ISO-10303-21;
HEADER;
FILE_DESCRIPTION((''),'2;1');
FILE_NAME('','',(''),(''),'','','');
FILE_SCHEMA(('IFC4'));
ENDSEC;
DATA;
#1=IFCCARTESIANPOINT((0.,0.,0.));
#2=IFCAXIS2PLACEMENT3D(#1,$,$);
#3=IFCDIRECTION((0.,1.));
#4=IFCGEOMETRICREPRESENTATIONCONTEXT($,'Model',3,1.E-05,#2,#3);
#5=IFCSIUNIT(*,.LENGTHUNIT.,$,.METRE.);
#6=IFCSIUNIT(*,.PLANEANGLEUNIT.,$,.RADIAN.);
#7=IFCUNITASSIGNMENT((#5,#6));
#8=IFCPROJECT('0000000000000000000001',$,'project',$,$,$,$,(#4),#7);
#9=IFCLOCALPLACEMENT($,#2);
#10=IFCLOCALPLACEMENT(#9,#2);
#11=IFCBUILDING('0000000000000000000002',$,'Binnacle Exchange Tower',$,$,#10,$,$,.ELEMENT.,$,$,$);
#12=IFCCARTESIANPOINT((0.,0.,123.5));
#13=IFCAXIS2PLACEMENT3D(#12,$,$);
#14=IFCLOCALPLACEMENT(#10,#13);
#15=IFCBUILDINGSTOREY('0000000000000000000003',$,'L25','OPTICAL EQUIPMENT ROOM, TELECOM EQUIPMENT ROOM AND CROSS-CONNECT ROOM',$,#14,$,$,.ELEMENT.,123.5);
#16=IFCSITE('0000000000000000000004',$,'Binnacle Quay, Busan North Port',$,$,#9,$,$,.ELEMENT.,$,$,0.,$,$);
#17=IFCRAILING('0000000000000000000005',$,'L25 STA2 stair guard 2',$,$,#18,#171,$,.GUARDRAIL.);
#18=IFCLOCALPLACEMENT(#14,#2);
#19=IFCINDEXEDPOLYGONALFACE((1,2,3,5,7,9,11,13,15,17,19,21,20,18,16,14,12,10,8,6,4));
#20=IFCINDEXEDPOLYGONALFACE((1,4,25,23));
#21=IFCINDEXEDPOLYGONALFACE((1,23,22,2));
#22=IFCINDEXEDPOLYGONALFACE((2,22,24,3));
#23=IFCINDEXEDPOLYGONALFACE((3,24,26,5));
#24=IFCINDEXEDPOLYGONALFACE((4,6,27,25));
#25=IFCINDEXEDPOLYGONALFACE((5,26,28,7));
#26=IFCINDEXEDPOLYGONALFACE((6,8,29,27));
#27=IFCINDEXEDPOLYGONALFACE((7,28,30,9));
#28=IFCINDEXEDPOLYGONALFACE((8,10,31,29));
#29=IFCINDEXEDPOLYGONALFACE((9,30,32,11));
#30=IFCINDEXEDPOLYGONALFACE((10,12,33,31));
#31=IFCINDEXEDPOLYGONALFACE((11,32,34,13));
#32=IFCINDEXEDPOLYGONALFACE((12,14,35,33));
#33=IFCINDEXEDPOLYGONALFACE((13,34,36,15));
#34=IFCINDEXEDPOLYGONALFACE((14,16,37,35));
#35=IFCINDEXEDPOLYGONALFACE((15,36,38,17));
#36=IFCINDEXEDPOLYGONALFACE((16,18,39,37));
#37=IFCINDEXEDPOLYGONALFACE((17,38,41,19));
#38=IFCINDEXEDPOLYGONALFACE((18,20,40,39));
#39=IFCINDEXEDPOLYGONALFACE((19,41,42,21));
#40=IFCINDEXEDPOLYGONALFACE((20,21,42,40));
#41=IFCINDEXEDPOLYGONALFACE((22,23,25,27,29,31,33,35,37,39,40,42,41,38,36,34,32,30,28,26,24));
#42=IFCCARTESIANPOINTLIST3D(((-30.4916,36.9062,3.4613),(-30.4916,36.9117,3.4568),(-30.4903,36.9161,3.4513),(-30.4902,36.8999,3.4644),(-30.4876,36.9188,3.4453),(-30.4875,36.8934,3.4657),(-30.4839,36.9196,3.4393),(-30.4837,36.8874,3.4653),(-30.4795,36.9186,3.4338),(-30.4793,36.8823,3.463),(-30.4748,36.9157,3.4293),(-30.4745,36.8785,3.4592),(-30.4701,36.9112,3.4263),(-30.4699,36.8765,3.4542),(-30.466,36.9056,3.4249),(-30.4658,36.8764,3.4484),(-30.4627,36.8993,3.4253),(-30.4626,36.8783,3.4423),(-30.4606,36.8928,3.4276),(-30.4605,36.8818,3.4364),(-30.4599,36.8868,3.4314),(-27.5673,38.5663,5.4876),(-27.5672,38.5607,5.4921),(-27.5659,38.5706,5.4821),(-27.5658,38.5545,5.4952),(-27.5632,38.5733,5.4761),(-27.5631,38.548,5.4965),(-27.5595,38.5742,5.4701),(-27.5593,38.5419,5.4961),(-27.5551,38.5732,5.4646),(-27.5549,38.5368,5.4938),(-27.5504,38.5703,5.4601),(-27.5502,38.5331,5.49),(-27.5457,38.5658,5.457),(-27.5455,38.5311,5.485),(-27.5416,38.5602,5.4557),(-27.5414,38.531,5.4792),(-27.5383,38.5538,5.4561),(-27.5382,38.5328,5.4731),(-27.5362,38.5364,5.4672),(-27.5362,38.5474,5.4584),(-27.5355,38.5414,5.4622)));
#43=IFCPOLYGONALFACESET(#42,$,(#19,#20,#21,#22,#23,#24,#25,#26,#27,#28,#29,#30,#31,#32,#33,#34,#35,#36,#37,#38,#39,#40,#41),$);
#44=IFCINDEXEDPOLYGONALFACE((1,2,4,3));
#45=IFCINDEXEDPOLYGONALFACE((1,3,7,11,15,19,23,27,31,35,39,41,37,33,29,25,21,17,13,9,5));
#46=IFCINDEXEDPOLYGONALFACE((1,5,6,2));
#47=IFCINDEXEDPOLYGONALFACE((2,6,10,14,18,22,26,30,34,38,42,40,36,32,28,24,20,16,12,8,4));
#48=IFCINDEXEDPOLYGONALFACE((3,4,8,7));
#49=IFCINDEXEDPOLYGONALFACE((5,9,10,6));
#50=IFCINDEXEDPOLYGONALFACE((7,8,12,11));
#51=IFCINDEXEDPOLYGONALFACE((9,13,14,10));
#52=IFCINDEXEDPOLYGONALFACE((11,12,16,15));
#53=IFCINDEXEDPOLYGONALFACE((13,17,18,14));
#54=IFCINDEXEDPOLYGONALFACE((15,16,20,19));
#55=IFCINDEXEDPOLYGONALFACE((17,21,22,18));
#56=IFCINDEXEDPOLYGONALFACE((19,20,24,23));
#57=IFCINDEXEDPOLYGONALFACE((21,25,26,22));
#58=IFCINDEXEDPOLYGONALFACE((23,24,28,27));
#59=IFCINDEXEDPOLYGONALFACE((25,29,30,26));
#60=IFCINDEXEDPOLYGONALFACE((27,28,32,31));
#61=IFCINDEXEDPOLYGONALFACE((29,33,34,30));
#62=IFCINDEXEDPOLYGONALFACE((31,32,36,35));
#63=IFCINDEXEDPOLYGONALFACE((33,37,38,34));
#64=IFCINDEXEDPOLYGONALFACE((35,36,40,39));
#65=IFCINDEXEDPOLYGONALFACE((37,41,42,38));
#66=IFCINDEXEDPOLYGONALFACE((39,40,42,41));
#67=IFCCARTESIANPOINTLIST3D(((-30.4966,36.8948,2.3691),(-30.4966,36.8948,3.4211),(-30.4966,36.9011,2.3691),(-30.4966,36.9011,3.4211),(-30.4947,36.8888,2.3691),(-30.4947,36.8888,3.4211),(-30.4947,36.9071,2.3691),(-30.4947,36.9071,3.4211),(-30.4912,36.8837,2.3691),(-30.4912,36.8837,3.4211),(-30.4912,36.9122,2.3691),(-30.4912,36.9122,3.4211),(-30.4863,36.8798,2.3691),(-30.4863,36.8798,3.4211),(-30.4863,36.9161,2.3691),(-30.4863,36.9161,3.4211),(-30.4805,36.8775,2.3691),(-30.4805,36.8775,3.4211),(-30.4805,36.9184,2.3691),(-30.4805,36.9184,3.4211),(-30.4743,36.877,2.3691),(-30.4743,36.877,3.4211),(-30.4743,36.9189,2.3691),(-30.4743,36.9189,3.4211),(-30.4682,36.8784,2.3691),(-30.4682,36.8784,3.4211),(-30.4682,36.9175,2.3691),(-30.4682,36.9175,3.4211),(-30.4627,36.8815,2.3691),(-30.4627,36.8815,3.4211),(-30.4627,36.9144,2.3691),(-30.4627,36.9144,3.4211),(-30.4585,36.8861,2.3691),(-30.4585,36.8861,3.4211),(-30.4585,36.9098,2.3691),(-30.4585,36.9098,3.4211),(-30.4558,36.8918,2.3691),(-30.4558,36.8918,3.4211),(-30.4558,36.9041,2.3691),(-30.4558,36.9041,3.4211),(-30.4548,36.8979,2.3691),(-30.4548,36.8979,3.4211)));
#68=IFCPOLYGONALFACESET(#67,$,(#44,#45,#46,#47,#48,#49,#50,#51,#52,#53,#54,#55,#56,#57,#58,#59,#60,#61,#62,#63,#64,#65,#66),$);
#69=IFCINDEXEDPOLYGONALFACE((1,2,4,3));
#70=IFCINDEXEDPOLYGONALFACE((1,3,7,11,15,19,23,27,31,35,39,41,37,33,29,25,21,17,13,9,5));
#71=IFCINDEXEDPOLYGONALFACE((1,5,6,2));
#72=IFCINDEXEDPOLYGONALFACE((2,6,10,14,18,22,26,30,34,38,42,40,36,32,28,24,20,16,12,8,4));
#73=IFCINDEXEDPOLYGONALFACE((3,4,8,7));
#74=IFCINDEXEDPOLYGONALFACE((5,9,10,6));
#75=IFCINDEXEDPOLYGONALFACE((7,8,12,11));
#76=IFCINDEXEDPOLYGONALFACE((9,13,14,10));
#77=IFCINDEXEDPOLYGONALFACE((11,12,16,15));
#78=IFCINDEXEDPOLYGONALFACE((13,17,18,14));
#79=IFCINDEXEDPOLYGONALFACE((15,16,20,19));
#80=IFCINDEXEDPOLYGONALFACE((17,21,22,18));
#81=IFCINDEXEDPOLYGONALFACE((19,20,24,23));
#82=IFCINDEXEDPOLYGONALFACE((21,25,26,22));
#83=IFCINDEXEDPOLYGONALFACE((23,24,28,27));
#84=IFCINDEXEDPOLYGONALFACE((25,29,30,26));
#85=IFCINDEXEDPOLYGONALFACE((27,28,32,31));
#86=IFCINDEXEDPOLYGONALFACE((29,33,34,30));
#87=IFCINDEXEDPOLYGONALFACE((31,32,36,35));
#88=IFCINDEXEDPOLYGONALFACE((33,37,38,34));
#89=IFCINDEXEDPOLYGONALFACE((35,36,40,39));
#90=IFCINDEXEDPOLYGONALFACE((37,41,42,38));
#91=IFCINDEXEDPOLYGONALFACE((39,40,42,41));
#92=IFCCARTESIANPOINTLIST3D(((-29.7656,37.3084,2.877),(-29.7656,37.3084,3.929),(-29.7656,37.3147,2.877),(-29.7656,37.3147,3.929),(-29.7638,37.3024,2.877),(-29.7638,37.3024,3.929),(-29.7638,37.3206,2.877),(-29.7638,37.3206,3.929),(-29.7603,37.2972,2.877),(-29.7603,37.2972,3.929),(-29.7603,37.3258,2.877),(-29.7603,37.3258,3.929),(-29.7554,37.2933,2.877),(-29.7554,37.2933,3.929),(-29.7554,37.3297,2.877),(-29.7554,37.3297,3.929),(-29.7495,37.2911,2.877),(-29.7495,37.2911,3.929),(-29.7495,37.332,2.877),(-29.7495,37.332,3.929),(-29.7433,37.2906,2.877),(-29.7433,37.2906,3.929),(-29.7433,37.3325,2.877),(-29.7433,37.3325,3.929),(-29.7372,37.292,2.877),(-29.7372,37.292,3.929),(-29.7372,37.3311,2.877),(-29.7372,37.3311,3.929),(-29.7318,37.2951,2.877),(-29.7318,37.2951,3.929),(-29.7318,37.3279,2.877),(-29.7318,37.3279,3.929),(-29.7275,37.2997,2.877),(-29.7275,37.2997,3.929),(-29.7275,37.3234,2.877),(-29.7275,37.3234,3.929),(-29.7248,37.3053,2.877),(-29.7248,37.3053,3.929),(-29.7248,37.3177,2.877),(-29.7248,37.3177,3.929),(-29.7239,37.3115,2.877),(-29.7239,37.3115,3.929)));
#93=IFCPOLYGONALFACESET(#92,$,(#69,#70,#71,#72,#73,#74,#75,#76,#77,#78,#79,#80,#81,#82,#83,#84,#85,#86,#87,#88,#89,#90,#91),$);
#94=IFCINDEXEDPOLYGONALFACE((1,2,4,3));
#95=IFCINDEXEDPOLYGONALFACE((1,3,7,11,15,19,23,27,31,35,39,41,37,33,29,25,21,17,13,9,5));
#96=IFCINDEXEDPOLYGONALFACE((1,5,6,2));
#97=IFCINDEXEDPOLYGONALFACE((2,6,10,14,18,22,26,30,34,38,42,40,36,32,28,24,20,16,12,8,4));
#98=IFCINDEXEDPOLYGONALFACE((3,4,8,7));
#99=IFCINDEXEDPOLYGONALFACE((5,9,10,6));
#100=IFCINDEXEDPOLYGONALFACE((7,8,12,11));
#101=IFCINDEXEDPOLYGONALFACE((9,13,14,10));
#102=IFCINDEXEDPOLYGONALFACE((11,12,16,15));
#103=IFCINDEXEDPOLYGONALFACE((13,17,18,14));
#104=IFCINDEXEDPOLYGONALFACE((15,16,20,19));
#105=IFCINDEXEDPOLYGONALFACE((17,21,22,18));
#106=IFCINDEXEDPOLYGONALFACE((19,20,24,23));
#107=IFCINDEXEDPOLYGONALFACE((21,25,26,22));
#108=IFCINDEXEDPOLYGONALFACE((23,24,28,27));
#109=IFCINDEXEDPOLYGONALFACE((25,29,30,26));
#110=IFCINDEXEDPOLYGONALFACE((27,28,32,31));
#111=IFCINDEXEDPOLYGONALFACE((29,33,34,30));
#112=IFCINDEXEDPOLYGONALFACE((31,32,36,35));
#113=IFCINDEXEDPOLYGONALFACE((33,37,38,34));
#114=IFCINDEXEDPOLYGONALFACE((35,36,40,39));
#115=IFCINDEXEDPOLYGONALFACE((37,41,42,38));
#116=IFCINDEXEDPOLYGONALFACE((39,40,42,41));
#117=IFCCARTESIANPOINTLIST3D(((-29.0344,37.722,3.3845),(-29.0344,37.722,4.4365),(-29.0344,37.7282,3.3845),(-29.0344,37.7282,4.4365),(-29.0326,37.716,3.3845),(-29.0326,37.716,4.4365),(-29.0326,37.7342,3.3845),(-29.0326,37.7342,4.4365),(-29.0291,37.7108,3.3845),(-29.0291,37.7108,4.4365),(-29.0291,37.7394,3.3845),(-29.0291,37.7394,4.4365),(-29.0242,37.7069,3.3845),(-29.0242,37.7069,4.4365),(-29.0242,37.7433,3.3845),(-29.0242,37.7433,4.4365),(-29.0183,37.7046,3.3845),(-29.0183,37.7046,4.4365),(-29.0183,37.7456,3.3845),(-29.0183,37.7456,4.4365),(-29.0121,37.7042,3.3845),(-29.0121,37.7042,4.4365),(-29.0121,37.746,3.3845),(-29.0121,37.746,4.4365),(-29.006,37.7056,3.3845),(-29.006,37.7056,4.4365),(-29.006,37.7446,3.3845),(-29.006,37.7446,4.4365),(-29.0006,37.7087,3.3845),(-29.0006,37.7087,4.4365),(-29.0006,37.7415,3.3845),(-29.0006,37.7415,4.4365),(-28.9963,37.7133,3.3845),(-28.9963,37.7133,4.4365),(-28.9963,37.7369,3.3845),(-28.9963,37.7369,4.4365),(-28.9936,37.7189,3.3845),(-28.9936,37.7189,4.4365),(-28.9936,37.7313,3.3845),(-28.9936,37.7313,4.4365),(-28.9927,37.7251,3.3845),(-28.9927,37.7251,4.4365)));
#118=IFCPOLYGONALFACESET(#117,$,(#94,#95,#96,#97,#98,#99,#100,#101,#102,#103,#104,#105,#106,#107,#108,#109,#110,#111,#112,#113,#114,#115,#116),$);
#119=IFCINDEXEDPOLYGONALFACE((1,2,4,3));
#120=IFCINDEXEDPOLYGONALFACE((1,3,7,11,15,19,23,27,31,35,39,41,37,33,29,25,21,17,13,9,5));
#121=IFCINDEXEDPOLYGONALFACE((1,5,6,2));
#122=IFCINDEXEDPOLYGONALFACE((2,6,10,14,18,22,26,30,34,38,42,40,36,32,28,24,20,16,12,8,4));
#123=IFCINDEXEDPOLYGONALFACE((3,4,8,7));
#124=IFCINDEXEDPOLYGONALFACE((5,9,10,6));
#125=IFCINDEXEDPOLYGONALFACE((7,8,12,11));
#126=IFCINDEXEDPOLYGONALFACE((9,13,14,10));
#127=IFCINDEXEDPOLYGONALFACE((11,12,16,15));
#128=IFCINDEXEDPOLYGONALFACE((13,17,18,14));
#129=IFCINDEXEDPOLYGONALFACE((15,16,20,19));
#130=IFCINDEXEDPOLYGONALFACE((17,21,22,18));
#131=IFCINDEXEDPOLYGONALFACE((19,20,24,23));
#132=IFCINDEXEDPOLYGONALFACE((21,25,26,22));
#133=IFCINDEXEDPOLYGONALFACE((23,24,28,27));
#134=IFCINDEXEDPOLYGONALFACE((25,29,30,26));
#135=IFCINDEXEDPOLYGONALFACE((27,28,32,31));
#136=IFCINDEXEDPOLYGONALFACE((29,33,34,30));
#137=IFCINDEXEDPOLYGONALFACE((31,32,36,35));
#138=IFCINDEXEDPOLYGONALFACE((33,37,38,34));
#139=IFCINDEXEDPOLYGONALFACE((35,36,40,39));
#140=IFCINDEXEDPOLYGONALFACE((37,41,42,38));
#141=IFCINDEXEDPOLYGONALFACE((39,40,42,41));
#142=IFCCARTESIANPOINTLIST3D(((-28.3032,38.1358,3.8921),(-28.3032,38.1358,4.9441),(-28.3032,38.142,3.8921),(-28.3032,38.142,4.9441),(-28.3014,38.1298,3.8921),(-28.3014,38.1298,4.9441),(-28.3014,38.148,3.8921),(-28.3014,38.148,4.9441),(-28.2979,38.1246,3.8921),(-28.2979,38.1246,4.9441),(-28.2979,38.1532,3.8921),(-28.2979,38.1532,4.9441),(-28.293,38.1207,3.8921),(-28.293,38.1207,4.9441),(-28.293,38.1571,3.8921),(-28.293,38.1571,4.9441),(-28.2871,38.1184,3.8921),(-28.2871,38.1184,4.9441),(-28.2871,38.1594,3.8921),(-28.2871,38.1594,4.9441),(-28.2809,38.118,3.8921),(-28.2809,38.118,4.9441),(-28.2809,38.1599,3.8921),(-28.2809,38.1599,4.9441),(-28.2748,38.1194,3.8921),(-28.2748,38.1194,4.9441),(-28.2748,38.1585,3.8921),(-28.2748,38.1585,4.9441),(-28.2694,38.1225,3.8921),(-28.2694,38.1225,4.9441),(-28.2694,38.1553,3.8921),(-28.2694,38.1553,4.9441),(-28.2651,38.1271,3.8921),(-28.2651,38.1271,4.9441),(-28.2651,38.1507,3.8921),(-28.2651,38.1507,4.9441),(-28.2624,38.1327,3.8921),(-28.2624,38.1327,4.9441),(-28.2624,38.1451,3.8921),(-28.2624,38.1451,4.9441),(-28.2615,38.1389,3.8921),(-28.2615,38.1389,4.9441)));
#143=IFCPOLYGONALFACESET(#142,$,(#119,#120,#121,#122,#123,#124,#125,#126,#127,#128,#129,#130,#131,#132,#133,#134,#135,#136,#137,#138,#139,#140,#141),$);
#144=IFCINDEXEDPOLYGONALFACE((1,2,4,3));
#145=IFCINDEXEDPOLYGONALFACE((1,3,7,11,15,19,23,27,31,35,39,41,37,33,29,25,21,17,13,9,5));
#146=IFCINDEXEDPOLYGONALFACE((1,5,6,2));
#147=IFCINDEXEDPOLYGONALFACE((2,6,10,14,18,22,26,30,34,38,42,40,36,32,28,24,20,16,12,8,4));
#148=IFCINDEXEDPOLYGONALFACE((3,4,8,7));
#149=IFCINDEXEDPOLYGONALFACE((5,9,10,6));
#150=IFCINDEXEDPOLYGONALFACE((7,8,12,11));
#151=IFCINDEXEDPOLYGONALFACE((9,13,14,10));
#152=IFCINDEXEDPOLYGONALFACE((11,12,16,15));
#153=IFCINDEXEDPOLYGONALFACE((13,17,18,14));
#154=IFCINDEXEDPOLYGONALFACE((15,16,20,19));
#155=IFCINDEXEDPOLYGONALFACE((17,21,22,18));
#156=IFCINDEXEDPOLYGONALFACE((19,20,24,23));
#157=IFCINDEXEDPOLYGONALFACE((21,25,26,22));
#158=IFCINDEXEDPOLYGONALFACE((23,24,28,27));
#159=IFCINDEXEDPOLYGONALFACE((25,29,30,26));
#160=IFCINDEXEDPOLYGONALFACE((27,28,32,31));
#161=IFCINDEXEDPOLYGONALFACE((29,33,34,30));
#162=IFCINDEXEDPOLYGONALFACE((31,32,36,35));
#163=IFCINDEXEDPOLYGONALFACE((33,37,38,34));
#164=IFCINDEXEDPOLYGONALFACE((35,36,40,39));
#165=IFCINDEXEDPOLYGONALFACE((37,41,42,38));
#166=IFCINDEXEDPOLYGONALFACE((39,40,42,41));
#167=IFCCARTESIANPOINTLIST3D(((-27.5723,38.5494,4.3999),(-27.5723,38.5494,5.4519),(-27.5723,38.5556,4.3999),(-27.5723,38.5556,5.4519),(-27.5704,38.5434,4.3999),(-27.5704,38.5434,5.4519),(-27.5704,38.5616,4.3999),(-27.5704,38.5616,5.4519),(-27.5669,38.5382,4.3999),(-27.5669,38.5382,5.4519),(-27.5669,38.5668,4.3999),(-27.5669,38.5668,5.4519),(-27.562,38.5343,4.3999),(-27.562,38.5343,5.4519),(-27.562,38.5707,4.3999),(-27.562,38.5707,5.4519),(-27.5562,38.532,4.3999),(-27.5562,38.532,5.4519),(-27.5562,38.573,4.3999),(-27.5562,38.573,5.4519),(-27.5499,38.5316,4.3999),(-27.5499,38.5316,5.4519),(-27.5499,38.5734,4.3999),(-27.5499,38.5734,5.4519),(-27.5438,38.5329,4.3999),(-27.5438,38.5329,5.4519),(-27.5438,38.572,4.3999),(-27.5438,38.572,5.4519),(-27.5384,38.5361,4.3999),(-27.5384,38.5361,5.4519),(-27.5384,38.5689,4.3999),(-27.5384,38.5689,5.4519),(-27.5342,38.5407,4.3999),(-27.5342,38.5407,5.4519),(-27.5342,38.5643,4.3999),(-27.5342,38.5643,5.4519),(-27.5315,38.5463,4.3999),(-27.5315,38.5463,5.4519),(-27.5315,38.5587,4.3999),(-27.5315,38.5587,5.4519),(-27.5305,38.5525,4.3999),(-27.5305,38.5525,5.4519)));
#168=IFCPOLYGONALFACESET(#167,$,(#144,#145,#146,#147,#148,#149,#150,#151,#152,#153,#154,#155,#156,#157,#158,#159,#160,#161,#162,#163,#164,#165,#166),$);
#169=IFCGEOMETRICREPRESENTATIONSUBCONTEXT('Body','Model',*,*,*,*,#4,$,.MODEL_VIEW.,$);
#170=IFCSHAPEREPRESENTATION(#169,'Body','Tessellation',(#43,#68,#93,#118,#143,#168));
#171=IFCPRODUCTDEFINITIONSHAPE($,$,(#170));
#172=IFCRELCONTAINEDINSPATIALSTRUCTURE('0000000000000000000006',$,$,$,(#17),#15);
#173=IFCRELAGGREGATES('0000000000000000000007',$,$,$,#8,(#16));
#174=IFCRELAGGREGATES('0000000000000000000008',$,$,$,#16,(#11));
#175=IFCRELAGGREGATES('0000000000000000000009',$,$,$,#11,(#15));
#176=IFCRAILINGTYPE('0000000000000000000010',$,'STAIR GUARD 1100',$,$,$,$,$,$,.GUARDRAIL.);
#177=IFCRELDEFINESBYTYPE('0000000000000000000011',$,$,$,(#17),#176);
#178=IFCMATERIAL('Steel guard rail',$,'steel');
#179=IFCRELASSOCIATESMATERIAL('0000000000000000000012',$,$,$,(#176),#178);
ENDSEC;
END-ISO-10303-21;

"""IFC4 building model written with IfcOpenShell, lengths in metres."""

from ifc_helpers import new_model, si_unit, direction, frame, origin, origin_2d, place, context, subcontext, project, spatial, circle, extrude, material, type_object, element, save


model = new_model("IFC4")

# Units and contexts
model_context = context("Model", 3, precision=1e-05, world=origin(), true_north=direction((0.0, 1.0)))
body_context = subcontext(model_context, "Body", "Model", "MODEL_VIEW")
ifc_project = project(units=[si_unit("LENGTHUNIT", "METRE"), si_unit("PLANEANGLEUNIT", "RADIAN")], contexts=[model_context])

# Site, building, storey
site_placement = place(None, origin())
site = spatial("IfcSite", under=ifc_project, at=site_placement, Name="Binnacle Quay, Busan North Port", CompositionType="ELEMENT", RefElevation=0.0)
building_placement = place(site_placement, origin())
building = spatial("IfcBuilding", under=site, at=building_placement, Name="Binnacle Exchange Tower", CompositionType="ELEMENT")
storey_placement = place(building_placement, frame((0.0, 0.0, 123.5)))
storey = spatial("IfcBuildingStorey", under=building, at=storey_placement, Name="L25", Description="OPTICAL EQUIPMENT ROOM, TELECOM EQUIPMENT ROOM AND CROSS-CONNECT ROOM", CompositionType="ELEMENT", Elevation=123.5)

# Railing
ifc_material_1 = material(Name="Steel guard rail", Category="steel")
railing_type_1 = type_object("IfcRailingType", Name="STAIR GUARD 1100", PredefinedType="GUARDRAIL", material=ifc_material_1)
railing_1_placement = place(storey_placement, frame((-30.4758, 36.8979, 2.3691)))
element("IfcRailing", 1, at=railing_1_placement, inside=storey, type_object=railing_type_1, Name="L25 STA2 stair guard 2", PredefinedType="GUARDRAIL", context=body_context, shape_type="SweptSolid", body=[
    extrude(circle(Radius=0.0239, at=origin_2d()), frame((0.0, 0.0, 1.0762), z_axis=(0.744867, 0.421437, 0.517266), x_axis=(-0.492433, 0.87035, 0.0)), (0.0, 0.0, 1.0), 3.926),
    extrude(circle(Radius=0.021, at=origin_2d()), origin(), (0.0, 0.0, 1.0), 1.052),
    extrude(circle(Radius=0.021, at=origin_2d()), frame((0.731, 0.4136, 0.5078)), (0.0, 0.0, 1.0), 1.052),
    extrude(circle(Radius=0.021, at=origin_2d()), frame((1.4622, 0.8271, 1.0154)), (0.0, 0.0, 1.0), 1.052),
    extrude(circle(Radius=0.021, at=origin_2d()), frame((2.1934, 1.241, 1.5229)), (0.0, 0.0, 1.0), 1.052),
    extrude(circle(Radius=0.021, at=origin_2d()), frame((2.9243, 1.6545, 2.0308)), (0.0, 0.0, 1.0), 1.052),
])

save(model, "model.ifc")
